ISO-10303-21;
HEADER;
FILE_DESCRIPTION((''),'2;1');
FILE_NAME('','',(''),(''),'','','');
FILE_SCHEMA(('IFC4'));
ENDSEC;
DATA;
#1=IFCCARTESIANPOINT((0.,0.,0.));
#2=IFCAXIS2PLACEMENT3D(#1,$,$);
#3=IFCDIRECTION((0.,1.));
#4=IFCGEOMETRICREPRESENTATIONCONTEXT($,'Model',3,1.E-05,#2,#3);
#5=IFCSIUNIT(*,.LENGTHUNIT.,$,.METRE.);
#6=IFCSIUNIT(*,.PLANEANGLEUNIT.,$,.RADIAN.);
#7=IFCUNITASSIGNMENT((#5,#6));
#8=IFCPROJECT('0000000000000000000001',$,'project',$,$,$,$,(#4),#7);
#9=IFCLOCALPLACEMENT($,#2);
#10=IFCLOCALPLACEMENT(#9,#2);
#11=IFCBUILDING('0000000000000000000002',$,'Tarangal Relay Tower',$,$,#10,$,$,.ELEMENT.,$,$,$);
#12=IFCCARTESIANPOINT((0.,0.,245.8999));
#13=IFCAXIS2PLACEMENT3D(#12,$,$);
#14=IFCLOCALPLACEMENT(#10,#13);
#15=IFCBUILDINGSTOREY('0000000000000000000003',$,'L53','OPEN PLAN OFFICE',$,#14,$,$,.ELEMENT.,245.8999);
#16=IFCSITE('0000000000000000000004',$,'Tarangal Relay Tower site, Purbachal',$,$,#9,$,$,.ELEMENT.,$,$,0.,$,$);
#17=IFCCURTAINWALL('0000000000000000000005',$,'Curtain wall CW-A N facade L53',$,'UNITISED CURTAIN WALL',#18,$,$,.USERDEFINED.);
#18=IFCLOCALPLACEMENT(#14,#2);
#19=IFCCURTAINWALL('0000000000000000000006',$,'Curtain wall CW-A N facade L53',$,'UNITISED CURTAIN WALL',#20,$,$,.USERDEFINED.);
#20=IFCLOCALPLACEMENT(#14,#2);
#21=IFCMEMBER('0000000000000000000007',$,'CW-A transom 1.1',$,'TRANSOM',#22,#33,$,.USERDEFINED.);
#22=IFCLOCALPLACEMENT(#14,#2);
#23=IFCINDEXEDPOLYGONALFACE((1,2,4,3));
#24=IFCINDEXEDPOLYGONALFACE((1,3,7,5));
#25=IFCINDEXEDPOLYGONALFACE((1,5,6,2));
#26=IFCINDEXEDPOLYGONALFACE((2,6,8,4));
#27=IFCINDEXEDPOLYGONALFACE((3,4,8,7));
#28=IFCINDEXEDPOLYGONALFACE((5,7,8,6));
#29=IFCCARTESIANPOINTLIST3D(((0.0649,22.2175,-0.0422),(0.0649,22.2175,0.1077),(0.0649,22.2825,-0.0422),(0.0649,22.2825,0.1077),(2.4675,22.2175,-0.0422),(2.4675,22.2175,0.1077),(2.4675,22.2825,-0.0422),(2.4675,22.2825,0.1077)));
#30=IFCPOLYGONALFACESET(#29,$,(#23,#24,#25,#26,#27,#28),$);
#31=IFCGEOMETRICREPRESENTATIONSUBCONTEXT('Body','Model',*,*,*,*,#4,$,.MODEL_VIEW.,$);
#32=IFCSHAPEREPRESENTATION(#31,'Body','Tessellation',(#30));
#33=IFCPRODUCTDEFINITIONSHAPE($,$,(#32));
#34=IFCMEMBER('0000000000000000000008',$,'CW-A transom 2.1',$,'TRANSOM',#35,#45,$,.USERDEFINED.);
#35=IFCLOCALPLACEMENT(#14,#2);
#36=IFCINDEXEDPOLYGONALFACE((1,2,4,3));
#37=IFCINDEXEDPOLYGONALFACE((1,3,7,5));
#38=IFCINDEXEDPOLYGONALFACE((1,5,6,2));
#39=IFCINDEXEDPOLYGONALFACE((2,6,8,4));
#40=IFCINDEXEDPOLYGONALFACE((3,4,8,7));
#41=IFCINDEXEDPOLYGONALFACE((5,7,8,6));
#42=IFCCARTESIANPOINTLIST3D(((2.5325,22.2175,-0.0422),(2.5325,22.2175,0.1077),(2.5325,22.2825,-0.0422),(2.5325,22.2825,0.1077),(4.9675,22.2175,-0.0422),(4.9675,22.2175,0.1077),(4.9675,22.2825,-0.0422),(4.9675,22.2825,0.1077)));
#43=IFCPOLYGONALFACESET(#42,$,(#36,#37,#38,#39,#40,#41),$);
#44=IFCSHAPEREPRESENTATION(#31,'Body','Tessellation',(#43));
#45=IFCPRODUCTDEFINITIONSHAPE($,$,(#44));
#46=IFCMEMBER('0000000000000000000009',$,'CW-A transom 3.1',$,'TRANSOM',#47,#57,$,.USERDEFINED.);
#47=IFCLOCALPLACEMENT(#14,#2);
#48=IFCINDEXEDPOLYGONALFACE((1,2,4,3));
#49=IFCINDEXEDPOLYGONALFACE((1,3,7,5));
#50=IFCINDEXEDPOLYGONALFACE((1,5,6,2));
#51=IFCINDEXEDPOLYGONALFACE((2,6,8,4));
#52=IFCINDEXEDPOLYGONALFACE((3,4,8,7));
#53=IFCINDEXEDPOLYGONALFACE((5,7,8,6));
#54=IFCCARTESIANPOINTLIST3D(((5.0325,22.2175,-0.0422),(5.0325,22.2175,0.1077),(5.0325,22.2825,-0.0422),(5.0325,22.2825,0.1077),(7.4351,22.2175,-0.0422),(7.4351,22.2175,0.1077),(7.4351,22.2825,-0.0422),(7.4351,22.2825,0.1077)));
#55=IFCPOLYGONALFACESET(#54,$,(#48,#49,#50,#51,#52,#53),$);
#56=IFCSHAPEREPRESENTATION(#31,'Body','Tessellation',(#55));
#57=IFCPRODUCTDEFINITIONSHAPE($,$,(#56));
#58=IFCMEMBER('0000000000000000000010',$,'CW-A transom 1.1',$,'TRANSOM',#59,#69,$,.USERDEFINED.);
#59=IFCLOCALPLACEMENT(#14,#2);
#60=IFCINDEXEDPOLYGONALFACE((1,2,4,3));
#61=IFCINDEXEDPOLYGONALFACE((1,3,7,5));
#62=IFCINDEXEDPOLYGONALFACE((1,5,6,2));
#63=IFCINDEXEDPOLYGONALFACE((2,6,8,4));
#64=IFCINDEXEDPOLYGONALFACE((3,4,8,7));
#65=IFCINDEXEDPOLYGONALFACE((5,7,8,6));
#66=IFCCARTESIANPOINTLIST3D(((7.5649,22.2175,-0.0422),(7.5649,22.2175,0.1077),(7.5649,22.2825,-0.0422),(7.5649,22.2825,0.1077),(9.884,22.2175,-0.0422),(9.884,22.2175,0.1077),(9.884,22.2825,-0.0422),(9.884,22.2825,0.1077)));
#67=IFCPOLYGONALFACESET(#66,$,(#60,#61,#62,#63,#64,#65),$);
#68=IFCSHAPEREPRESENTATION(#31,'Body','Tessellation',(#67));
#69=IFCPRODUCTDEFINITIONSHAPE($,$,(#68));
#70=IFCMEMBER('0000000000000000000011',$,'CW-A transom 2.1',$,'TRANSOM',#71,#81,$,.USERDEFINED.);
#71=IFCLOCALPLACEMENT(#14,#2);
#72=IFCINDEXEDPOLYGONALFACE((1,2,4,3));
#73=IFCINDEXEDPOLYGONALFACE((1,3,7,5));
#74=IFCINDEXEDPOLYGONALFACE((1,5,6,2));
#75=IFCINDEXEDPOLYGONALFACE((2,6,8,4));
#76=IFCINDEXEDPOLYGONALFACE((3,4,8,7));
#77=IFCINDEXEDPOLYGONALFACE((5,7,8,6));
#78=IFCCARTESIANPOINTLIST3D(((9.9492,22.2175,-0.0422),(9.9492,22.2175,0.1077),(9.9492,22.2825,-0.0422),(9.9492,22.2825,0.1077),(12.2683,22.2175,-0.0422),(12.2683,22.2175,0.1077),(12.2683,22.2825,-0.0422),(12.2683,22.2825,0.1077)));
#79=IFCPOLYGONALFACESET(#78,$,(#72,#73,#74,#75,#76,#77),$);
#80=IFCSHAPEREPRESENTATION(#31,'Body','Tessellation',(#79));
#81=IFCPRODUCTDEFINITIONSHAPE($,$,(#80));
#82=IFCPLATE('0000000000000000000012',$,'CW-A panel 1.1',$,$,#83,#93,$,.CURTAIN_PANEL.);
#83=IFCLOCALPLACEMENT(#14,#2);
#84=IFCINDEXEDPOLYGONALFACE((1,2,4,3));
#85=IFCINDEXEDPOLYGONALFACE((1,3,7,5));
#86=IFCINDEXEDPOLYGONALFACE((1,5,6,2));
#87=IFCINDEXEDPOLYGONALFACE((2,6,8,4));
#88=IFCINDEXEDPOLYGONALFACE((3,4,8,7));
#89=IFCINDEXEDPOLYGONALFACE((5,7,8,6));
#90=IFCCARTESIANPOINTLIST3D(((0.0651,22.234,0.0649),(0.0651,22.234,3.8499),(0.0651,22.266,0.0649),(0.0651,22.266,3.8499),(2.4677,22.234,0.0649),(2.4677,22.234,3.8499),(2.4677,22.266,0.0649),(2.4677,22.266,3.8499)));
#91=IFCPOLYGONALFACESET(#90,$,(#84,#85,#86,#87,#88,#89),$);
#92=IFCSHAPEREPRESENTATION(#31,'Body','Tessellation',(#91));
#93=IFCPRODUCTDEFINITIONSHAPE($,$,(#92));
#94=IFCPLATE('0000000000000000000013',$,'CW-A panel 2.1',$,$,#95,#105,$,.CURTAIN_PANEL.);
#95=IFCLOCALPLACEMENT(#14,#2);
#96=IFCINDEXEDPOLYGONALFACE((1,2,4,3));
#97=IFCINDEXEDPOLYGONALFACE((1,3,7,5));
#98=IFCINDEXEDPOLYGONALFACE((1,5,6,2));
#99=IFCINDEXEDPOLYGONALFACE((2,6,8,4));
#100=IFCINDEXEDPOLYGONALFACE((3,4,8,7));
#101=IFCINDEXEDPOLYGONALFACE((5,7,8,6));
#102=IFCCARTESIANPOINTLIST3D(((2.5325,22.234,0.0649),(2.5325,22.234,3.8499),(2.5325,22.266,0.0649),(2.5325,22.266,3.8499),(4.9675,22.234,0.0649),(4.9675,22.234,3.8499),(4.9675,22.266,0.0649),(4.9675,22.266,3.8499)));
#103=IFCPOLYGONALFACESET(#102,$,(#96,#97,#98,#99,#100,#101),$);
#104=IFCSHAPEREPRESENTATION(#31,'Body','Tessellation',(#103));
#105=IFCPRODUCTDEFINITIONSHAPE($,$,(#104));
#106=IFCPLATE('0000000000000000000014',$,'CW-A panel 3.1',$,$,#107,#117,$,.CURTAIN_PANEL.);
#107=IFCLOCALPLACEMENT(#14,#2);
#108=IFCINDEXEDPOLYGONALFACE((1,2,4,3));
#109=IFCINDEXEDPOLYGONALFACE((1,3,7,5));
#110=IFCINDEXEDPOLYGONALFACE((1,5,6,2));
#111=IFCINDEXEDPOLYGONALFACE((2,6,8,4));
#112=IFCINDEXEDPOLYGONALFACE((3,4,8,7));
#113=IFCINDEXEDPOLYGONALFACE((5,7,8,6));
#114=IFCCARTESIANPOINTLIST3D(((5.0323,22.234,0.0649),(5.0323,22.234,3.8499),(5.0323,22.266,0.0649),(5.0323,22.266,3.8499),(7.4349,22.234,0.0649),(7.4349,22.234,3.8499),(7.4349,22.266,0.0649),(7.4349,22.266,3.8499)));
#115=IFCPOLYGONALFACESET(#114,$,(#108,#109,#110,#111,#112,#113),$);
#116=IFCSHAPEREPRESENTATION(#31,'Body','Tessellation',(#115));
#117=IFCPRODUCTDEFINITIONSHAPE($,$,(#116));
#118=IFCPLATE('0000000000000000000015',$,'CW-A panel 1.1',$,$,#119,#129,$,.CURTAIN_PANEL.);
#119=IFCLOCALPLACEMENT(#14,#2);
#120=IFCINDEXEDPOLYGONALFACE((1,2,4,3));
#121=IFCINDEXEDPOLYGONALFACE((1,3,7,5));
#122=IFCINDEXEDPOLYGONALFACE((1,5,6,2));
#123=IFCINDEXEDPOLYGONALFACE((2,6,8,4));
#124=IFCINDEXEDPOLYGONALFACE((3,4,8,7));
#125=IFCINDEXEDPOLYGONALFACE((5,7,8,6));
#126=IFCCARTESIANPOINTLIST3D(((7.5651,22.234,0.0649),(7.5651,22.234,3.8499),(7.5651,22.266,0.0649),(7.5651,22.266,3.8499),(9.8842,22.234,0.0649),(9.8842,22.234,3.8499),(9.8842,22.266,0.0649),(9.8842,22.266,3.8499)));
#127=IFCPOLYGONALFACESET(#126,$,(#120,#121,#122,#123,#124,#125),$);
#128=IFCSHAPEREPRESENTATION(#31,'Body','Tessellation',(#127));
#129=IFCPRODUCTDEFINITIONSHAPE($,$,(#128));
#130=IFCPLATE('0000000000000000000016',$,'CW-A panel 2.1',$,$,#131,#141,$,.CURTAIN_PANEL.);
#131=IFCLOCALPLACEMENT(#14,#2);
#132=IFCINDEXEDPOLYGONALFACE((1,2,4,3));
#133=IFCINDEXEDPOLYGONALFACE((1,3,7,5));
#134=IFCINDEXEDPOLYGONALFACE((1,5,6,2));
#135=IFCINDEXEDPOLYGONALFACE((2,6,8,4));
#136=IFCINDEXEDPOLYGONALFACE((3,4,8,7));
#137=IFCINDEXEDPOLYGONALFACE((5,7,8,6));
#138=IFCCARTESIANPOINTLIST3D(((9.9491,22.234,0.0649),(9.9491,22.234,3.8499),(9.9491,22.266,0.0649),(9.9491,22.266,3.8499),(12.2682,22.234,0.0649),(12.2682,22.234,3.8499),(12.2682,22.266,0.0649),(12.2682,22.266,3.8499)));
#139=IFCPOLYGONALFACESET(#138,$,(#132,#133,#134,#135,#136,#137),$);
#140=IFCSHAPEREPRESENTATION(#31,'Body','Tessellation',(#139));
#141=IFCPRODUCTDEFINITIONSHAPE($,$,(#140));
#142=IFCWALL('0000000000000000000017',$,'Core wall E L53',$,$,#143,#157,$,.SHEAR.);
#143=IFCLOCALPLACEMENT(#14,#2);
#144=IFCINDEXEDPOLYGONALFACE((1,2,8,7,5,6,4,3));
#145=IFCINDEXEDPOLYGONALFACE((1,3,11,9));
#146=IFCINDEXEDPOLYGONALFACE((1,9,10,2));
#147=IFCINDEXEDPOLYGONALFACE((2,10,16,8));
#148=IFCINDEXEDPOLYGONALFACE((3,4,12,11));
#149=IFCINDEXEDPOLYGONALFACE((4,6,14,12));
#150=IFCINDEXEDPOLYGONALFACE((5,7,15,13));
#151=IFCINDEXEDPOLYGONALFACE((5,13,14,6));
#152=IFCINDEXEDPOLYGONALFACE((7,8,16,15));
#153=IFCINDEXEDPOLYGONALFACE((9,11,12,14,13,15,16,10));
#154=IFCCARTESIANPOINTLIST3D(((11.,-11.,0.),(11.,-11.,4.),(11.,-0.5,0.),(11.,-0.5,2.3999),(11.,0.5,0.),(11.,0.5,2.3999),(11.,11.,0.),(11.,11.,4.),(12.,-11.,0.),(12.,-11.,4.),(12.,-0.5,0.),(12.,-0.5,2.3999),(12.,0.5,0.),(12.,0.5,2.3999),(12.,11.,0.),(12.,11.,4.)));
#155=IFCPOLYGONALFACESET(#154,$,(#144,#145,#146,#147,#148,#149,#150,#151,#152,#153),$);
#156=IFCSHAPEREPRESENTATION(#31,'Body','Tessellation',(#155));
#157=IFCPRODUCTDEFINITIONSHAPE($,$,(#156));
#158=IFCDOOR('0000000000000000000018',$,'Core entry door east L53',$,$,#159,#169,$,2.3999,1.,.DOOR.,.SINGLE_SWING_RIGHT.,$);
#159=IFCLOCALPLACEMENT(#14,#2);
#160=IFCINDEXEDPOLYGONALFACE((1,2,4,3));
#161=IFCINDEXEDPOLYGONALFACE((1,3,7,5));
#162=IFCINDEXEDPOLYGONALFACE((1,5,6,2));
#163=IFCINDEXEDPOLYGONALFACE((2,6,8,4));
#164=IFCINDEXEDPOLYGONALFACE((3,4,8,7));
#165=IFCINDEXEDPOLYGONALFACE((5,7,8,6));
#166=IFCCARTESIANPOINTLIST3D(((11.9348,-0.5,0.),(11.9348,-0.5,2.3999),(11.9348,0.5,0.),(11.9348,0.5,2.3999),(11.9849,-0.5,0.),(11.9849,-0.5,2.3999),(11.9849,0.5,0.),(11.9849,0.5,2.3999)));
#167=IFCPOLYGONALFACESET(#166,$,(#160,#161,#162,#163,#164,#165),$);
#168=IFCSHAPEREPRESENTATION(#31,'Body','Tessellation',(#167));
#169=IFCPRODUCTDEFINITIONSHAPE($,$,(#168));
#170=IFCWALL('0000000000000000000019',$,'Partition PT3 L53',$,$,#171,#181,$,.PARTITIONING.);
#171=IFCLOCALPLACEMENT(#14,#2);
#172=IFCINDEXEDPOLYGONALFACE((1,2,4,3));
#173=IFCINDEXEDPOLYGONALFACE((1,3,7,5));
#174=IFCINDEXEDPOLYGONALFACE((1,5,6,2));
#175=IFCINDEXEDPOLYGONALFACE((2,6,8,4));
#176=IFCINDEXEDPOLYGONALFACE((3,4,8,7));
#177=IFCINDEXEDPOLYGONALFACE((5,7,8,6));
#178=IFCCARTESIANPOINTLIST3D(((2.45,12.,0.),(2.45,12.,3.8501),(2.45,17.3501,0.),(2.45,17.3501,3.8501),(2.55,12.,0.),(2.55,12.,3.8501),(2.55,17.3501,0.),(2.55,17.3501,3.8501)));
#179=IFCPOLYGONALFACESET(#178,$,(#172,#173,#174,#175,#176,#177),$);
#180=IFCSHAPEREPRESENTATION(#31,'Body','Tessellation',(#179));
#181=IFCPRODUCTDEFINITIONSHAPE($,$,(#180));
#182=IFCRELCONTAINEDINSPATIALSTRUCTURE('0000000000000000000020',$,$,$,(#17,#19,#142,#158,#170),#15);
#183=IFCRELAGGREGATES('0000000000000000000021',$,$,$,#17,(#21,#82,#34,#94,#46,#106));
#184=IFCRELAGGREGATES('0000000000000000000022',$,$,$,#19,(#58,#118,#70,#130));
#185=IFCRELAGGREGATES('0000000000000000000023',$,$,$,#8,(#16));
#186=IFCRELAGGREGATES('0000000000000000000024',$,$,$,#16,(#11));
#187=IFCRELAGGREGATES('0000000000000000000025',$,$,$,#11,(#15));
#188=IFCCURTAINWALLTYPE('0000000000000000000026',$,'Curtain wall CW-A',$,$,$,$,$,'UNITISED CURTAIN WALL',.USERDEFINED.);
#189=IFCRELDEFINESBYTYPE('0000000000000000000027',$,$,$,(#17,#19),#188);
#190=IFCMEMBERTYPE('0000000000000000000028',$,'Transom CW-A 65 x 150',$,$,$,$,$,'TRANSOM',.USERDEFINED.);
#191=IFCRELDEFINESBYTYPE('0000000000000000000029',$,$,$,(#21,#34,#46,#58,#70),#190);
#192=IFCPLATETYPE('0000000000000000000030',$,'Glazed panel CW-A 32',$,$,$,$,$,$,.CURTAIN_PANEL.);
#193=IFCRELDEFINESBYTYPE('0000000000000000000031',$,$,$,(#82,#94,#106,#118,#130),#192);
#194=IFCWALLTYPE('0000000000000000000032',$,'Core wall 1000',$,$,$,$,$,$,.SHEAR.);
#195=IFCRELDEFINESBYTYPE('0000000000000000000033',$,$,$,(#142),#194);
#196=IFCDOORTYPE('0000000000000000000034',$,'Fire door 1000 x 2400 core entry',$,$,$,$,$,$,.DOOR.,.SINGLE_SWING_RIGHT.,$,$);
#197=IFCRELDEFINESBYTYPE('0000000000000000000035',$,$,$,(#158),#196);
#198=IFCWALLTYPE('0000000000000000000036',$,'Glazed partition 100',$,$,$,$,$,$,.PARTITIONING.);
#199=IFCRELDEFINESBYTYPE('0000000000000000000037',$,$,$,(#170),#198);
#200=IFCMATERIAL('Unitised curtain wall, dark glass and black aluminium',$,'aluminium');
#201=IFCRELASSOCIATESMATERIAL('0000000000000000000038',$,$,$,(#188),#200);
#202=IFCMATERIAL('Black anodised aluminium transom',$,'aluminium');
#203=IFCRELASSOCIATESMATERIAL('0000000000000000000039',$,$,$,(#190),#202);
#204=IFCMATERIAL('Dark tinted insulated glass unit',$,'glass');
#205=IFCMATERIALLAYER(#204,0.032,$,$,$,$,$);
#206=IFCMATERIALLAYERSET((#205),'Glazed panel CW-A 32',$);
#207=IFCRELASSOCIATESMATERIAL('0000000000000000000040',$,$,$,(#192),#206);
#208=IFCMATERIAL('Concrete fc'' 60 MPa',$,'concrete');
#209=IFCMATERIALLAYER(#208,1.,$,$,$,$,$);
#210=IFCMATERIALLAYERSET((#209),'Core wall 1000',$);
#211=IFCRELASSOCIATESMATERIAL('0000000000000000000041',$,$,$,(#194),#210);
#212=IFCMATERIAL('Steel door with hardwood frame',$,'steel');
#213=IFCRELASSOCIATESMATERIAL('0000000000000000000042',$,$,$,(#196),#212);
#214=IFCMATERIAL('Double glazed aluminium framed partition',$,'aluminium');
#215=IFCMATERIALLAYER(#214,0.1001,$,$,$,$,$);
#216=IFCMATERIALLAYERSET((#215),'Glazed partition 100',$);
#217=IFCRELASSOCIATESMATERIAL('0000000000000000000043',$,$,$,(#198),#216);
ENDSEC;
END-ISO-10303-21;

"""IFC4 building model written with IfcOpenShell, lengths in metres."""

from ifc_helpers import new_model, si_unit, direction, frame, frame_2d, origin, origin_2d, place, context, subcontext, project, spatial, rectangle, extrude, material, layer, layer_set, material_profile, profile_set, type_object, element, fill, aggregate, save


model = new_model("IFC4")

# Units and contexts
model_context = context("Model", 3, precision=1e-05, world=origin(), true_north=direction((0.0, 1.0)))
body_context = subcontext(model_context, "Body", "Model", "MODEL_VIEW")
ifc_project = project(units=[si_unit("LENGTHUNIT", "METRE"), si_unit("PLANEANGLEUNIT", "RADIAN")], contexts=[model_context])

# Site, building, storey
site_placement = place(None, origin())
site = spatial("IfcSite", under=ifc_project, at=site_placement, Name="Tarangal Relay Tower site, Purbachal", CompositionType="ELEMENT", RefElevation=0.0)
building_placement = place(site_placement, origin())
building = spatial("IfcBuilding", under=site, at=building_placement, Name="Tarangal Relay Tower", CompositionType="ELEMENT")
storey_placement = place(building_placement, frame((0.0, 0.0, 245.8999)))
storey = spatial("IfcBuildingStorey", under=building, at=storey_placement, Name="L53", Description="OPEN PLAN OFFICE", CompositionType="ELEMENT", Elevation=245.8999)

# Curtain walls
ifc_material_1 = material(Name="Unitised curtain wall, dark glass and black aluminium", Category="aluminium")
curtain_wall_type = type_object("IfcCurtainWallType", Name="Curtain wall CW-A", ElementType="UNITISED CURTAIN WALL", PredefinedType="USERDEFINED", material=ifc_material_1)
curtain_wall_1_placement = place(storey_placement, origin())
curtain_wall_1 = element("IfcCurtainWall", 1, at=curtain_wall_1_placement, inside=storey, type_object=curtain_wall_type, Name="Curtain wall CW-A N facade L53", ObjectType="UNITISED CURTAIN WALL", PredefinedType="USERDEFINED")
curtain_wall_2_placement = place(storey_placement, origin())
curtain_wall_2 = element("IfcCurtainWall", 2, at=curtain_wall_2_placement, inside=storey, type_object=curtain_wall_type, Name="Curtain wall CW-A N facade L53", ObjectType="UNITISED CURTAIN WALL", PredefinedType="USERDEFINED")

# Members
ifc_material_2 = material(Name="Black anodised aluminium transom", Category="aluminium")
ifc_material_profile_1 = material_profile(ifc_material_2, rectangle(XDim=0.0649, YDim=0.1499, at=origin_2d()), Name="CW-AT 65X150")
ifc_profile_set_1 = profile_set([ifc_material_profile_1], Name="Black anodised aluminium transom")
member_type_1 = type_object("IfcMemberType", Name="Transom CW-A 65 x 150", ElementType="TRANSOM", PredefinedType="USERDEFINED", material=ifc_profile_set_1)
member_1_placement = place(storey_placement, frame((0.0649, 22.25, 0.0327), z_axis=(1.0, 0.0, 0.0), x_axis=(0.0, 1.0, 0.0)))
member_1 = element("IfcMember", 3, at=member_1_placement, type_object=member_type_1, Name="CW-A transom 1.1", ObjectType="TRANSOM", PredefinedType="USERDEFINED", context=body_context, shape_type="SweptSolid", body=[
    extrude(rectangle(XDim=0.0649, YDim=0.1499, at=origin_2d()), origin(), (0.0, 0.0, 1.0), 2.4026),
])
member_2_placement = place(storey_placement, frame((2.5325, 22.25, 0.0327), z_axis=(1.0, 0.0, 0.0), x_axis=(0.0, 1.0, 0.0)))
member_2 = element("IfcMember", 4, at=member_2_placement, type_object=member_type_1, Name="CW-A transom 2.1", ObjectType="TRANSOM", PredefinedType="USERDEFINED", context=body_context, shape_type="SweptSolid", body=[
    extrude(rectangle(XDim=0.0649, YDim=0.1499, at=origin_2d()), origin(), (0.0, 0.0, 1.0), 2.4351),
])
member_3_placement = place(storey_placement, frame((5.0325, 22.25, 0.0327), z_axis=(1.0, 0.0, 0.0), x_axis=(0.0, 1.0, 0.0)))
member_3 = element("IfcMember", 5, at=member_3_placement, type_object=member_type_1, Name="CW-A transom 3.1", ObjectType="TRANSOM", PredefinedType="USERDEFINED", context=body_context, shape_type="SweptSolid", body=[
    extrude(rectangle(XDim=0.0649, YDim=0.1499, at=origin_2d()), origin(), (0.0, 0.0, 1.0), 2.4026),
])
member_4_placement = place(storey_placement, frame((7.5649, 22.25, 0.0327), z_axis=(1.0, 0.0, 0.0), x_axis=(0.0, 1.0, 0.0)))
member_4 = element("IfcMember", 6, at=member_4_placement, type_object=member_type_1, Name="CW-A transom 1.1", ObjectType="TRANSOM", PredefinedType="USERDEFINED", context=body_context, shape_type="SweptSolid", body=[
    extrude(rectangle(XDim=0.0649, YDim=0.1499, at=origin_2d()), origin(), (0.0, 0.0, 1.0), 2.3191),
])
member_5_placement = place(storey_placement, frame((9.9492, 22.25, 0.0327), z_axis=(1.0, 0.0, 0.0), x_axis=(0.0, 1.0, 0.0)))
member_5 = element("IfcMember", 7, at=member_5_placement, type_object=member_type_1, Name="CW-A transom 2.1", ObjectType="TRANSOM", PredefinedType="USERDEFINED", context=body_context, shape_type="SweptSolid", body=[
    extrude(rectangle(XDim=0.0649, YDim=0.1499, at=origin_2d()), origin(), (0.0, 0.0, 1.0), 2.3191),
])

# Plates
ifc_material_3 = material(Name="Dark tinted insulated glass unit", Category="glass")
ifc_layer_1 = layer(ifc_material_3, 0.032)
ifc_layer_set_1 = layer_set([ifc_layer_1], Name="Glazed panel CW-A 32")
plate_type = type_object("IfcPlateType", Name="Glazed panel CW-A 32", PredefinedType="CURTAIN_PANEL", material=ifc_layer_set_1)
plate_1_placement = place(storey_placement, frame((1.2664, 22.25, 0.0649), z_axis=(0.0, 0.0, 1.0), x_axis=(1.0, 0.0, 0.0)))
plate_1 = element("IfcPlate", 8, at=plate_1_placement, type_object=plate_type, Name="CW-A panel 1.1", PredefinedType="CURTAIN_PANEL", context=body_context, shape_type="SweptSolid", body=[
    extrude(rectangle(XDim=2.4026, YDim=0.032, at=origin_2d()), origin(), (0.0, 0.0, 1.0), 3.7849),
])
plate_2_placement = place(storey_placement, frame((3.75, 22.25, 0.0649), z_axis=(0.0, 0.0, 1.0), x_axis=(1.0, 0.0, 0.0)))
plate_2 = element("IfcPlate", 9, at=plate_2_placement, type_object=plate_type, Name="CW-A panel 2.1", PredefinedType="CURTAIN_PANEL", context=body_context, shape_type="SweptSolid", body=[
    extrude(rectangle(XDim=2.4351, YDim=0.032, at=origin_2d()), origin(), (0.0, 0.0, 1.0), 3.7849),
])
plate_3_placement = place(storey_placement, frame((6.2336, 22.25, 0.0649), z_axis=(0.0, 0.0, 1.0), x_axis=(1.0, 0.0, 0.0)))
plate_3 = element("IfcPlate", 10, at=plate_3_placement, type_object=plate_type, Name="CW-A panel 3.1", PredefinedType="CURTAIN_PANEL", context=body_context, shape_type="SweptSolid", body=[
    extrude(rectangle(XDim=2.4026, YDim=0.032, at=origin_2d()), origin(), (0.0, 0.0, 1.0), 3.7849),
])
aggregate(curtain_wall_1, [member_1, plate_1, member_2, plate_2, member_3, plate_3])
plate_4_placement = place(storey_placement, frame((8.7246, 22.25, 0.0649), z_axis=(0.0, 0.0, 1.0), x_axis=(1.0, 0.0, 0.0)))
plate_4 = element("IfcPlate", 11, at=plate_4_placement, type_object=plate_type, Name="CW-A panel 1.1", PredefinedType="CURTAIN_PANEL", context=body_context, shape_type="SweptSolid", body=[
    extrude(rectangle(XDim=2.3191, YDim=0.032, at=origin_2d()), origin(), (0.0, 0.0, 1.0), 3.7849),
])
plate_5_placement = place(storey_placement, frame((11.1086, 22.25, 0.0649), z_axis=(0.0, 0.0, 1.0), x_axis=(1.0, 0.0, 0.0)))
plate_5 = element("IfcPlate", 12, at=plate_5_placement, type_object=plate_type, Name="CW-A panel 2.1", PredefinedType="CURTAIN_PANEL", context=body_context, shape_type="SweptSolid", body=[
    extrude(rectangle(XDim=2.3191, YDim=0.032, at=origin_2d()), origin(), (0.0, 0.0, 1.0), 3.7849),
])
aggregate(curtain_wall_2, [member_4, plate_4, member_5, plate_5])

# Wall, opening, door
ifc_material_4 = material(Name="Concrete fc' 60 MPa", Category="concrete")
ifc_layer_2 = layer(ifc_material_4, 1.0)
ifc_layer_set_2 = layer_set([ifc_layer_2], Name="Core wall 1000")
wall_type_1 = type_object("IfcWallType", Name="Core wall 1000", PredefinedType="SHEAR", material=ifc_layer_set_2)
wall_1_placement = place(storey_placement, frame((11.5, 11.0, 0.0), z_axis=(0.0, 0.0, 1.0), x_axis=(0.0, -1.0, 0.0)))
wall_1 = element("IfcWall", 13, at=wall_1_placement, inside=storey, type_object=wall_type_1, Name="Core wall E L53", PredefinedType="SHEAR", context=body_context, shape_type="SweptSolid", body=[
    extrude(rectangle(XDim=22.0, YDim=1.0, at=frame_2d((11.0, 0.0))), origin(), (0.0, 0.0, 1.0), 4.0),
])
opening_1_placement = place(wall_1_placement, frame((10.5, 0.0, 0.0)))
opening_1 = element("IfcOpeningElement", 14, at=opening_1_placement, cuts=wall_1, PredefinedType="OPENING", context=body_context, shape_type="SweptSolid", body=[
    extrude(rectangle(XDim=1.0, YDim=2.3999, at=frame_2d((0.5, 1.2))), frame((0.0, 0.51, 0.0), z_axis=(0.0, -1.0, 0.0), x_axis=(1.0, 0.0, 0.0)), (0.0, 0.0, 1.0), 1.02),
])
ifc_material_5 = material(Name="Steel door with hardwood frame", Category="steel")
door_type_1 = type_object("IfcDoorType", Name="Fire door 1000 x 2400 core entry", OperationType="SINGLE_SWING_RIGHT", PredefinedType="DOOR", material=ifc_material_5)
door_1_placement = place(opening_1_placement, origin())
door_1 = element("IfcDoor", 15, at=door_1_placement, inside=storey, type_object=door_type_1, Name="Core entry door east L53", OperationType="SINGLE_SWING_RIGHT", OverallHeight=2.3999, OverallWidth=1.0, PredefinedType="DOOR", context=body_context, shape_type="SweptSolid", body=[
    extrude(rectangle(XDim=1.0, YDim=2.3999, at=frame_2d((0.5, 1.2))), frame((0.0, 0.4849, 0.0), z_axis=(0.0, -1.0, 0.0), x_axis=(1.0, 0.0, 0.0)), (0.0, 0.0, 1.0), 0.05),
])
fill(opening_1, door_1)

# Wall
ifc_material_6 = material(Name="Double glazed aluminium framed partition", Category="aluminium")
ifc_layer_3 = layer(ifc_material_6, 0.1001)
ifc_layer_set_3 = layer_set([ifc_layer_3], Name="Glazed partition 100")
wall_type_2 = type_object("IfcWallType", Name="Glazed partition 100", PredefinedType="PARTITIONING", material=ifc_layer_set_3)
wall_2_placement = place(storey_placement, frame((2.5, 12.0, 0.0), z_axis=(0.0, 0.0, 1.0), x_axis=(0.0, 1.0, 0.0)))
element("IfcWall", 16, at=wall_2_placement, inside=storey, type_object=wall_type_2, Name="Partition PT3 L53", PredefinedType="PARTITIONING", context=body_context, shape_type="SweptSolid", body=[
    extrude(rectangle(XDim=5.3501, YDim=0.1001, at=frame_2d((2.675, 0.0))), origin(), (0.0, 0.0, 1.0), 3.8501),
])

save(model, "model.ifc")
